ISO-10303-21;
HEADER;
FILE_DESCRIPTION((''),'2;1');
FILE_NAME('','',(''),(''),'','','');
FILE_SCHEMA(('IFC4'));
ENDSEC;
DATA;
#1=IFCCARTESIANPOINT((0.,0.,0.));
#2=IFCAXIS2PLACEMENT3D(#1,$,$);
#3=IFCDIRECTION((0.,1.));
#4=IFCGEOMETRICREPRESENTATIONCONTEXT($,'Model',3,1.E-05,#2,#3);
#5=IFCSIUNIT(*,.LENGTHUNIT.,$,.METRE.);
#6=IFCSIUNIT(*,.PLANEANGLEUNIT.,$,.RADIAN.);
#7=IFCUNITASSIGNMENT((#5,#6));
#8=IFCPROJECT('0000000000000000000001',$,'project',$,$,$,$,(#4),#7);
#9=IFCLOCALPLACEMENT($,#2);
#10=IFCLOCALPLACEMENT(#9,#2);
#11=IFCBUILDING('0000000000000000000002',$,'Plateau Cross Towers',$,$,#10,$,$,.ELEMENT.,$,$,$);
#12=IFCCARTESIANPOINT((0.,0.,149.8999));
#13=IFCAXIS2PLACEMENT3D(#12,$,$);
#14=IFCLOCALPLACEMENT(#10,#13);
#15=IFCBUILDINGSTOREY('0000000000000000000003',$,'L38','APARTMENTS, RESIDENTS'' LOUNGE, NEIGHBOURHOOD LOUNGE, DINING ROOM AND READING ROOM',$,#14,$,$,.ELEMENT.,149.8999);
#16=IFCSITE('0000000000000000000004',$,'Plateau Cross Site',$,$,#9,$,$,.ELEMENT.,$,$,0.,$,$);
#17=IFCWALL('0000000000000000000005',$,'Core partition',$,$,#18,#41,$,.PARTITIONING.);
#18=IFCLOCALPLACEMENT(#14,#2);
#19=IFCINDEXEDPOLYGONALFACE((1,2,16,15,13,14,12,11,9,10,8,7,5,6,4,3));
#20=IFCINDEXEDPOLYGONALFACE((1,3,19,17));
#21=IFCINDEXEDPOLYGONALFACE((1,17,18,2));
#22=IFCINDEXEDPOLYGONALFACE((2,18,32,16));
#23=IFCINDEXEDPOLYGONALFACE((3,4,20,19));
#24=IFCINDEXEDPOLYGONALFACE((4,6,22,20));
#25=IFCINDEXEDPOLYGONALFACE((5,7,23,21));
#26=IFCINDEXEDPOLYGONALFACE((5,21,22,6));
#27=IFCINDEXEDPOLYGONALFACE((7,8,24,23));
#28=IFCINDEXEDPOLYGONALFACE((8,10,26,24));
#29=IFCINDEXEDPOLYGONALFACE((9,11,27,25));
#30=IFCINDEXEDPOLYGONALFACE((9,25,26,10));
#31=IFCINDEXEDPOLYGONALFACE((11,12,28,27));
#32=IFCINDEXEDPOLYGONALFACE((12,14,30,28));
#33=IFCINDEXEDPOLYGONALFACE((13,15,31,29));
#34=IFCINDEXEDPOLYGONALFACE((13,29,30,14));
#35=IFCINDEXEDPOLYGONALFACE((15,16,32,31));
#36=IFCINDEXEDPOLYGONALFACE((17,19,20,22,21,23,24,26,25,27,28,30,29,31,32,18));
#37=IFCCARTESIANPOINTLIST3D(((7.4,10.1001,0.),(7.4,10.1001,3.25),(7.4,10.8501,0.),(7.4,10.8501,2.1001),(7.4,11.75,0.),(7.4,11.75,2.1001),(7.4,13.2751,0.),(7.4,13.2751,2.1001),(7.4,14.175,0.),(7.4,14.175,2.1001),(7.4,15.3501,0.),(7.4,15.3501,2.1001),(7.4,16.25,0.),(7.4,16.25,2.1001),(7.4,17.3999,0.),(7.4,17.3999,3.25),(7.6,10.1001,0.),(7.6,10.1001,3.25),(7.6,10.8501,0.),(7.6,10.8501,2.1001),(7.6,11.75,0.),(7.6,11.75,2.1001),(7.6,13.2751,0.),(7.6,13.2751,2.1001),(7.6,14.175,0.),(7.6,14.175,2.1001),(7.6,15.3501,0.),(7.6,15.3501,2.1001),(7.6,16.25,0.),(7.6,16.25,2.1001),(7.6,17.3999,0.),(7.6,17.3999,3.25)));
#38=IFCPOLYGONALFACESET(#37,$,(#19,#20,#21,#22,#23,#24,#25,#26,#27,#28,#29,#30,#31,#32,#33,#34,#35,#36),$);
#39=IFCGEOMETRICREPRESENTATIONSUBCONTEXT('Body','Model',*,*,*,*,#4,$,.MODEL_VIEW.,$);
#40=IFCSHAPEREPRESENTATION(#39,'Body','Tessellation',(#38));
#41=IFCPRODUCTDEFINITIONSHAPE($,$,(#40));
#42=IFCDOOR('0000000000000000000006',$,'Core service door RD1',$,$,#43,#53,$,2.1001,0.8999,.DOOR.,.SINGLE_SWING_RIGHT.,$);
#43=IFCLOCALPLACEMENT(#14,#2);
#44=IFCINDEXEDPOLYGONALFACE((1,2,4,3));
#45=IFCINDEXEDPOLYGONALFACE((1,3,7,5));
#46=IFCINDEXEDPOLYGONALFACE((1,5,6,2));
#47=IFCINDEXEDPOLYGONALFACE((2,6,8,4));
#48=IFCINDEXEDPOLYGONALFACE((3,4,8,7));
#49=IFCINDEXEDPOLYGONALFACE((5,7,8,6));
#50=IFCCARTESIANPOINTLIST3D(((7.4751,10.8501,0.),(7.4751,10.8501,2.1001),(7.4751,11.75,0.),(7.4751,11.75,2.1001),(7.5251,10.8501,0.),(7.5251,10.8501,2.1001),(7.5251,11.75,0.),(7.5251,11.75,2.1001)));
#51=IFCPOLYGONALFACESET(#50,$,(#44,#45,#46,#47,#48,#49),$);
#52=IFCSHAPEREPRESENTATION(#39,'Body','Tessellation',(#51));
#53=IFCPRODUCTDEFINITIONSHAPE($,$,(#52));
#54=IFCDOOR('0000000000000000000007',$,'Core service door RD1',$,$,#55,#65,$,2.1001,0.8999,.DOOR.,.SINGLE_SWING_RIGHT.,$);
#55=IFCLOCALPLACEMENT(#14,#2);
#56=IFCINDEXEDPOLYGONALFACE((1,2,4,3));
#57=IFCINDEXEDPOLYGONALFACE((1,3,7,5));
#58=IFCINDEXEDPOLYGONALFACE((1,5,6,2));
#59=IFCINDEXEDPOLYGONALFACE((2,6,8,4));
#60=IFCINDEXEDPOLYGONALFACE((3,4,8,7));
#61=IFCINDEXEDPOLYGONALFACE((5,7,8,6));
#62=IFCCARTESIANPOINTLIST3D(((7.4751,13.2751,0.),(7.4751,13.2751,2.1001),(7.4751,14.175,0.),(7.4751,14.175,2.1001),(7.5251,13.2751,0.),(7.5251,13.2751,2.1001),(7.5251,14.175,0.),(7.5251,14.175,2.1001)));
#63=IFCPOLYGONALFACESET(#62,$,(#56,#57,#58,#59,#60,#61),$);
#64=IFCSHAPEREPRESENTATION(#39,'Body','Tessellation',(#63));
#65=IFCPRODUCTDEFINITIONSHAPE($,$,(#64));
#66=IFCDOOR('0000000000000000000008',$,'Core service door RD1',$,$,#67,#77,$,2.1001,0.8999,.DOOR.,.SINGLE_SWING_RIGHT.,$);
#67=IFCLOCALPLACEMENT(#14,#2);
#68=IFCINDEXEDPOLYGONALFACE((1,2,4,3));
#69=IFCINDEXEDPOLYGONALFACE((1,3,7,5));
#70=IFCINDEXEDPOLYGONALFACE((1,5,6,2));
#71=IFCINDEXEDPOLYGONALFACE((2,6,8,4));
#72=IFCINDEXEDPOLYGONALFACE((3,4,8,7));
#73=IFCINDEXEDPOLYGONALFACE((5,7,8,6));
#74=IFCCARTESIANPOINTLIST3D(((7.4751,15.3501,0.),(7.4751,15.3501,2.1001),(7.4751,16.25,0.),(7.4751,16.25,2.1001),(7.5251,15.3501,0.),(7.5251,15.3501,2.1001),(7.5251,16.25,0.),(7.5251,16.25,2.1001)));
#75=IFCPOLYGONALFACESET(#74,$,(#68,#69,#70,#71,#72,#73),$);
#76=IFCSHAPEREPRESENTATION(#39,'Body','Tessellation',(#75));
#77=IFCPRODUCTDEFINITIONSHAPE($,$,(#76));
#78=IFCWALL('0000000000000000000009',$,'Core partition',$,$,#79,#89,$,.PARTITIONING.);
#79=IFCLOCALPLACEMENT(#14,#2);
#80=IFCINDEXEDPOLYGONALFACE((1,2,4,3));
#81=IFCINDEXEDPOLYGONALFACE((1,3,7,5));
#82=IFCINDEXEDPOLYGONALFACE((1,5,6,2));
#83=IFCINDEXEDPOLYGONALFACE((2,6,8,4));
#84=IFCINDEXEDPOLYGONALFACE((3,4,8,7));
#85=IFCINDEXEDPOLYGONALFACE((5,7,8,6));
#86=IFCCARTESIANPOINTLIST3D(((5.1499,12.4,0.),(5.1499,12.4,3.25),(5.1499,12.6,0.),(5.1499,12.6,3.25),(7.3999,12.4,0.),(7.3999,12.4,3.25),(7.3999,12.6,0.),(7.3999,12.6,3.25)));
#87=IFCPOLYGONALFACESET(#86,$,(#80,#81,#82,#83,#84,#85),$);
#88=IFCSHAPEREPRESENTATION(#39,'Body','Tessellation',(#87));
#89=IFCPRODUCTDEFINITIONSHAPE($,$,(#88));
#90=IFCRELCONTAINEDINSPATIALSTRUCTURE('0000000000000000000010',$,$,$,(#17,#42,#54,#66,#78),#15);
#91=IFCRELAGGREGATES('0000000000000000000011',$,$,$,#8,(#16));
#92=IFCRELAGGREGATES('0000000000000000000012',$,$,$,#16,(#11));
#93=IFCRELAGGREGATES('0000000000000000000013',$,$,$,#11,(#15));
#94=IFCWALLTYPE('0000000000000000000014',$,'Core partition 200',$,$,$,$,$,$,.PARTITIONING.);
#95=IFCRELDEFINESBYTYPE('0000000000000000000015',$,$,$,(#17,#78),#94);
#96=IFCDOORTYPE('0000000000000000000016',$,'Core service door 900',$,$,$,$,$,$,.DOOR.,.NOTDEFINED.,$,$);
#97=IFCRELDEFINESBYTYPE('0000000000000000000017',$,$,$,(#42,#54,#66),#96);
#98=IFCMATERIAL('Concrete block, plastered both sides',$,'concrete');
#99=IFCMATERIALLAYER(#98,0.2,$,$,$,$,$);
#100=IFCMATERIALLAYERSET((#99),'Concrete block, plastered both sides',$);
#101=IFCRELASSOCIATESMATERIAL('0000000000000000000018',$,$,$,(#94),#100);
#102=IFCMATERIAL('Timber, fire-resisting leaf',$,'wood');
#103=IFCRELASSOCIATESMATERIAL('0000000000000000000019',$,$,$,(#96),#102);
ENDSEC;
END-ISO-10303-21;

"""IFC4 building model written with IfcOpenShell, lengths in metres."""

from ifc_helpers import new_model, si_unit, direction, frame, frame_2d, origin, place, context, subcontext, project, spatial, rectangle, extrude, material, layer, layer_set, type_object, element, fill, save


model = new_model("IFC4")

# Units and contexts
model_context = context("Model", 3, precision=1e-05, world=origin(), true_north=direction((0.0, 1.0)))
body_context = subcontext(model_context, "Body", "Model", "MODEL_VIEW")
ifc_project = project(units=[si_unit("LENGTHUNIT", "METRE"), si_unit("PLANEANGLEUNIT", "RADIAN")], contexts=[model_context])

# Site, building, storey
site_placement = place(None, origin())
site = spatial("IfcSite", under=ifc_project, at=site_placement, Name="Plateau Cross Site", CompositionType="ELEMENT", RefElevation=0.0)
building_placement = place(site_placement, origin())
building = spatial("IfcBuilding", under=site, at=building_placement, Name="Plateau Cross Towers", CompositionType="ELEMENT")
storey_placement = place(building_placement, frame((0.0, 0.0, 149.8999)))
storey = spatial("IfcBuildingStorey", under=building, at=storey_placement, Name="L38", Description="APARTMENTS, RESIDENTS' LOUNGE, NEIGHBOURHOOD LOUNGE, DINING ROOM AND READING ROOM", CompositionType="ELEMENT", Elevation=149.8999)

# Shared definitions
ifc_material_1 = material(Name="Concrete block, plastered both sides", Category="concrete")
ifc_layer_1 = layer(ifc_material_1, 0.2)
ifc_layer_set_1 = layer_set([ifc_layer_1], Name="Concrete block, plastered both sides")
wall_type_1 = type_object("IfcWallType", Name="Core partition 200", PredefinedType="PARTITIONING", material=ifc_layer_set_1)

# Shared definitions
ifc_material_2 = material(Name="Timber, fire-resisting leaf", Category="wood")
door_type_1 = type_object("IfcDoorType", Name="Core service door 900", OperationType="NOTDEFINED", PredefinedType="DOOR", material=ifc_material_2)

# Wall, openings, doors
wall_1_placement = place(storey_placement, frame((7.5, 10.1001, 0.0), z_axis=(0.0, 0.0, 1.0), x_axis=(0.0, 1.0, 0.0)))
wall_1 = element("IfcWall", 1, at=wall_1_placement, inside=storey, type_object=wall_type_1, Name="Core partition", PredefinedType="PARTITIONING", context=body_context, shape_type="SweptSolid", body=[
    extrude(rectangle(XDim=7.2998, YDim=0.2, at=frame_2d((3.6499, 0.0))), origin(), (0.0, 0.0, 1.0), 3.25),
])
opening_1_placement = place(wall_1_placement, frame((0.75, 0.0, 0.0)))
opening_1 = element("IfcOpeningElement", 2, at=opening_1_placement, cuts=wall_1, PredefinedType="OPENING", context=body_context, shape_type="SweptSolid", body=[
    extrude(rectangle(XDim=0.8999, YDim=2.1001, at=frame_2d((0.45, 1.05))), frame((0.0, 0.1099, 0.0), z_axis=(0.0, -1.0, 0.0), x_axis=(1.0, 0.0, 0.0)), (0.0, 0.0, 1.0), 0.22),
])
opening_2_placement = place(wall_1_placement, frame((3.175, 0.0, 0.0)))
opening_2 = element("IfcOpeningElement", 3, at=opening_2_placement, cuts=wall_1, PredefinedType="OPENING", context=body_context, shape_type="SweptSolid", body=[
    extrude(rectangle(XDim=0.8999, YDim=2.1001, at=frame_2d((0.45, 1.05))), frame((0.0, 0.1099, 0.0), z_axis=(0.0, -1.0, 0.0), x_axis=(1.0, 0.0, 0.0)), (0.0, 0.0, 1.0), 0.22),
])
opening_3_placement = place(wall_1_placement, frame((5.25, 0.0, 0.0)))
opening_3 = element("IfcOpeningElement", 4, at=opening_3_placement, cuts=wall_1, PredefinedType="OPENING", context=body_context, shape_type="SweptSolid", body=[
    extrude(rectangle(XDim=0.8999, YDim=2.1001, at=frame_2d((0.45, 1.05))), frame((0.0, 0.1099, 0.0), z_axis=(0.0, -1.0, 0.0), x_axis=(1.0, 0.0, 0.0)), (0.0, 0.0, 1.0), 0.22),
])
door_1_placement = place(opening_1_placement, origin())
door_1 = element("IfcDoor", 5, at=door_1_placement, inside=storey, type_object=door_type_1, Name="Core service door RD1", OperationType="SINGLE_SWING_RIGHT", OverallHeight=2.1001, OverallWidth=0.8999, PredefinedType="DOOR", context=body_context, shape_type="SweptSolid", body=[
    extrude(rectangle(XDim=0.8999, YDim=2.1001, at=frame_2d((0.45, 1.05))), frame((0.0, 0.0249, 0.0), z_axis=(0.0, -1.0, 0.0), x_axis=(1.0, 0.0, 0.0)), (0.0, 0.0, 1.0), 0.05),
])
fill(opening_1, door_1)
door_2_placement = place(opening_2_placement, origin())
door_2 = element("IfcDoor", 6, at=door_2_placement, inside=storey, type_object=door_type_1, Name="Core service door RD1", OperationType="SINGLE_SWING_RIGHT", OverallHeight=2.1001, OverallWidth=0.8999, PredefinedType="DOOR", context=body_context, shape_type="SweptSolid", body=[
    extrude(rectangle(XDim=0.8999, YDim=2.1001, at=frame_2d((0.45, 1.05))), frame((0.0, 0.0249, 0.0), z_axis=(0.0, -1.0, 0.0), x_axis=(1.0, 0.0, 0.0)), (0.0, 0.0, 1.0), 0.05),
])
fill(opening_2, door_2)
door_3_placement = place(opening_3_placement, origin())
door_3 = element("IfcDoor", 7, at=door_3_placement, inside=storey, type_object=door_type_1, Name="Core service door RD1", OperationType="SINGLE_SWING_RIGHT", OverallHeight=2.1001, OverallWidth=0.8999, PredefinedType="DOOR", context=body_context, shape_type="SweptSolid", body=[
    extrude(rectangle(XDim=0.8999, YDim=2.1001, at=frame_2d((0.45, 1.05))), frame((0.0, 0.0249, 0.0), z_axis=(0.0, -1.0, 0.0), x_axis=(1.0, 0.0, 0.0)), (0.0, 0.0, 1.0), 0.05),
])
fill(opening_3, door_3)

# Wall
wall_2_placement = place(storey_placement, frame((5.1499, 12.5, 0.0), z_axis=(0.0, 0.0, 1.0), x_axis=(1.0, 0.0, 0.0)))
element("IfcWall", 8, at=wall_2_placement, inside=storey, type_object=wall_type_1, Name="Core partition", PredefinedType="PARTITIONING", context=body_context, shape_type="SweptSolid", body=[
    extrude(rectangle(XDim=2.25, YDim=0.2, at=frame_2d((1.125, 0.0))), origin(), (0.0, 0.0, 1.0), 3.25),
])

save(model, "model.ifc")
